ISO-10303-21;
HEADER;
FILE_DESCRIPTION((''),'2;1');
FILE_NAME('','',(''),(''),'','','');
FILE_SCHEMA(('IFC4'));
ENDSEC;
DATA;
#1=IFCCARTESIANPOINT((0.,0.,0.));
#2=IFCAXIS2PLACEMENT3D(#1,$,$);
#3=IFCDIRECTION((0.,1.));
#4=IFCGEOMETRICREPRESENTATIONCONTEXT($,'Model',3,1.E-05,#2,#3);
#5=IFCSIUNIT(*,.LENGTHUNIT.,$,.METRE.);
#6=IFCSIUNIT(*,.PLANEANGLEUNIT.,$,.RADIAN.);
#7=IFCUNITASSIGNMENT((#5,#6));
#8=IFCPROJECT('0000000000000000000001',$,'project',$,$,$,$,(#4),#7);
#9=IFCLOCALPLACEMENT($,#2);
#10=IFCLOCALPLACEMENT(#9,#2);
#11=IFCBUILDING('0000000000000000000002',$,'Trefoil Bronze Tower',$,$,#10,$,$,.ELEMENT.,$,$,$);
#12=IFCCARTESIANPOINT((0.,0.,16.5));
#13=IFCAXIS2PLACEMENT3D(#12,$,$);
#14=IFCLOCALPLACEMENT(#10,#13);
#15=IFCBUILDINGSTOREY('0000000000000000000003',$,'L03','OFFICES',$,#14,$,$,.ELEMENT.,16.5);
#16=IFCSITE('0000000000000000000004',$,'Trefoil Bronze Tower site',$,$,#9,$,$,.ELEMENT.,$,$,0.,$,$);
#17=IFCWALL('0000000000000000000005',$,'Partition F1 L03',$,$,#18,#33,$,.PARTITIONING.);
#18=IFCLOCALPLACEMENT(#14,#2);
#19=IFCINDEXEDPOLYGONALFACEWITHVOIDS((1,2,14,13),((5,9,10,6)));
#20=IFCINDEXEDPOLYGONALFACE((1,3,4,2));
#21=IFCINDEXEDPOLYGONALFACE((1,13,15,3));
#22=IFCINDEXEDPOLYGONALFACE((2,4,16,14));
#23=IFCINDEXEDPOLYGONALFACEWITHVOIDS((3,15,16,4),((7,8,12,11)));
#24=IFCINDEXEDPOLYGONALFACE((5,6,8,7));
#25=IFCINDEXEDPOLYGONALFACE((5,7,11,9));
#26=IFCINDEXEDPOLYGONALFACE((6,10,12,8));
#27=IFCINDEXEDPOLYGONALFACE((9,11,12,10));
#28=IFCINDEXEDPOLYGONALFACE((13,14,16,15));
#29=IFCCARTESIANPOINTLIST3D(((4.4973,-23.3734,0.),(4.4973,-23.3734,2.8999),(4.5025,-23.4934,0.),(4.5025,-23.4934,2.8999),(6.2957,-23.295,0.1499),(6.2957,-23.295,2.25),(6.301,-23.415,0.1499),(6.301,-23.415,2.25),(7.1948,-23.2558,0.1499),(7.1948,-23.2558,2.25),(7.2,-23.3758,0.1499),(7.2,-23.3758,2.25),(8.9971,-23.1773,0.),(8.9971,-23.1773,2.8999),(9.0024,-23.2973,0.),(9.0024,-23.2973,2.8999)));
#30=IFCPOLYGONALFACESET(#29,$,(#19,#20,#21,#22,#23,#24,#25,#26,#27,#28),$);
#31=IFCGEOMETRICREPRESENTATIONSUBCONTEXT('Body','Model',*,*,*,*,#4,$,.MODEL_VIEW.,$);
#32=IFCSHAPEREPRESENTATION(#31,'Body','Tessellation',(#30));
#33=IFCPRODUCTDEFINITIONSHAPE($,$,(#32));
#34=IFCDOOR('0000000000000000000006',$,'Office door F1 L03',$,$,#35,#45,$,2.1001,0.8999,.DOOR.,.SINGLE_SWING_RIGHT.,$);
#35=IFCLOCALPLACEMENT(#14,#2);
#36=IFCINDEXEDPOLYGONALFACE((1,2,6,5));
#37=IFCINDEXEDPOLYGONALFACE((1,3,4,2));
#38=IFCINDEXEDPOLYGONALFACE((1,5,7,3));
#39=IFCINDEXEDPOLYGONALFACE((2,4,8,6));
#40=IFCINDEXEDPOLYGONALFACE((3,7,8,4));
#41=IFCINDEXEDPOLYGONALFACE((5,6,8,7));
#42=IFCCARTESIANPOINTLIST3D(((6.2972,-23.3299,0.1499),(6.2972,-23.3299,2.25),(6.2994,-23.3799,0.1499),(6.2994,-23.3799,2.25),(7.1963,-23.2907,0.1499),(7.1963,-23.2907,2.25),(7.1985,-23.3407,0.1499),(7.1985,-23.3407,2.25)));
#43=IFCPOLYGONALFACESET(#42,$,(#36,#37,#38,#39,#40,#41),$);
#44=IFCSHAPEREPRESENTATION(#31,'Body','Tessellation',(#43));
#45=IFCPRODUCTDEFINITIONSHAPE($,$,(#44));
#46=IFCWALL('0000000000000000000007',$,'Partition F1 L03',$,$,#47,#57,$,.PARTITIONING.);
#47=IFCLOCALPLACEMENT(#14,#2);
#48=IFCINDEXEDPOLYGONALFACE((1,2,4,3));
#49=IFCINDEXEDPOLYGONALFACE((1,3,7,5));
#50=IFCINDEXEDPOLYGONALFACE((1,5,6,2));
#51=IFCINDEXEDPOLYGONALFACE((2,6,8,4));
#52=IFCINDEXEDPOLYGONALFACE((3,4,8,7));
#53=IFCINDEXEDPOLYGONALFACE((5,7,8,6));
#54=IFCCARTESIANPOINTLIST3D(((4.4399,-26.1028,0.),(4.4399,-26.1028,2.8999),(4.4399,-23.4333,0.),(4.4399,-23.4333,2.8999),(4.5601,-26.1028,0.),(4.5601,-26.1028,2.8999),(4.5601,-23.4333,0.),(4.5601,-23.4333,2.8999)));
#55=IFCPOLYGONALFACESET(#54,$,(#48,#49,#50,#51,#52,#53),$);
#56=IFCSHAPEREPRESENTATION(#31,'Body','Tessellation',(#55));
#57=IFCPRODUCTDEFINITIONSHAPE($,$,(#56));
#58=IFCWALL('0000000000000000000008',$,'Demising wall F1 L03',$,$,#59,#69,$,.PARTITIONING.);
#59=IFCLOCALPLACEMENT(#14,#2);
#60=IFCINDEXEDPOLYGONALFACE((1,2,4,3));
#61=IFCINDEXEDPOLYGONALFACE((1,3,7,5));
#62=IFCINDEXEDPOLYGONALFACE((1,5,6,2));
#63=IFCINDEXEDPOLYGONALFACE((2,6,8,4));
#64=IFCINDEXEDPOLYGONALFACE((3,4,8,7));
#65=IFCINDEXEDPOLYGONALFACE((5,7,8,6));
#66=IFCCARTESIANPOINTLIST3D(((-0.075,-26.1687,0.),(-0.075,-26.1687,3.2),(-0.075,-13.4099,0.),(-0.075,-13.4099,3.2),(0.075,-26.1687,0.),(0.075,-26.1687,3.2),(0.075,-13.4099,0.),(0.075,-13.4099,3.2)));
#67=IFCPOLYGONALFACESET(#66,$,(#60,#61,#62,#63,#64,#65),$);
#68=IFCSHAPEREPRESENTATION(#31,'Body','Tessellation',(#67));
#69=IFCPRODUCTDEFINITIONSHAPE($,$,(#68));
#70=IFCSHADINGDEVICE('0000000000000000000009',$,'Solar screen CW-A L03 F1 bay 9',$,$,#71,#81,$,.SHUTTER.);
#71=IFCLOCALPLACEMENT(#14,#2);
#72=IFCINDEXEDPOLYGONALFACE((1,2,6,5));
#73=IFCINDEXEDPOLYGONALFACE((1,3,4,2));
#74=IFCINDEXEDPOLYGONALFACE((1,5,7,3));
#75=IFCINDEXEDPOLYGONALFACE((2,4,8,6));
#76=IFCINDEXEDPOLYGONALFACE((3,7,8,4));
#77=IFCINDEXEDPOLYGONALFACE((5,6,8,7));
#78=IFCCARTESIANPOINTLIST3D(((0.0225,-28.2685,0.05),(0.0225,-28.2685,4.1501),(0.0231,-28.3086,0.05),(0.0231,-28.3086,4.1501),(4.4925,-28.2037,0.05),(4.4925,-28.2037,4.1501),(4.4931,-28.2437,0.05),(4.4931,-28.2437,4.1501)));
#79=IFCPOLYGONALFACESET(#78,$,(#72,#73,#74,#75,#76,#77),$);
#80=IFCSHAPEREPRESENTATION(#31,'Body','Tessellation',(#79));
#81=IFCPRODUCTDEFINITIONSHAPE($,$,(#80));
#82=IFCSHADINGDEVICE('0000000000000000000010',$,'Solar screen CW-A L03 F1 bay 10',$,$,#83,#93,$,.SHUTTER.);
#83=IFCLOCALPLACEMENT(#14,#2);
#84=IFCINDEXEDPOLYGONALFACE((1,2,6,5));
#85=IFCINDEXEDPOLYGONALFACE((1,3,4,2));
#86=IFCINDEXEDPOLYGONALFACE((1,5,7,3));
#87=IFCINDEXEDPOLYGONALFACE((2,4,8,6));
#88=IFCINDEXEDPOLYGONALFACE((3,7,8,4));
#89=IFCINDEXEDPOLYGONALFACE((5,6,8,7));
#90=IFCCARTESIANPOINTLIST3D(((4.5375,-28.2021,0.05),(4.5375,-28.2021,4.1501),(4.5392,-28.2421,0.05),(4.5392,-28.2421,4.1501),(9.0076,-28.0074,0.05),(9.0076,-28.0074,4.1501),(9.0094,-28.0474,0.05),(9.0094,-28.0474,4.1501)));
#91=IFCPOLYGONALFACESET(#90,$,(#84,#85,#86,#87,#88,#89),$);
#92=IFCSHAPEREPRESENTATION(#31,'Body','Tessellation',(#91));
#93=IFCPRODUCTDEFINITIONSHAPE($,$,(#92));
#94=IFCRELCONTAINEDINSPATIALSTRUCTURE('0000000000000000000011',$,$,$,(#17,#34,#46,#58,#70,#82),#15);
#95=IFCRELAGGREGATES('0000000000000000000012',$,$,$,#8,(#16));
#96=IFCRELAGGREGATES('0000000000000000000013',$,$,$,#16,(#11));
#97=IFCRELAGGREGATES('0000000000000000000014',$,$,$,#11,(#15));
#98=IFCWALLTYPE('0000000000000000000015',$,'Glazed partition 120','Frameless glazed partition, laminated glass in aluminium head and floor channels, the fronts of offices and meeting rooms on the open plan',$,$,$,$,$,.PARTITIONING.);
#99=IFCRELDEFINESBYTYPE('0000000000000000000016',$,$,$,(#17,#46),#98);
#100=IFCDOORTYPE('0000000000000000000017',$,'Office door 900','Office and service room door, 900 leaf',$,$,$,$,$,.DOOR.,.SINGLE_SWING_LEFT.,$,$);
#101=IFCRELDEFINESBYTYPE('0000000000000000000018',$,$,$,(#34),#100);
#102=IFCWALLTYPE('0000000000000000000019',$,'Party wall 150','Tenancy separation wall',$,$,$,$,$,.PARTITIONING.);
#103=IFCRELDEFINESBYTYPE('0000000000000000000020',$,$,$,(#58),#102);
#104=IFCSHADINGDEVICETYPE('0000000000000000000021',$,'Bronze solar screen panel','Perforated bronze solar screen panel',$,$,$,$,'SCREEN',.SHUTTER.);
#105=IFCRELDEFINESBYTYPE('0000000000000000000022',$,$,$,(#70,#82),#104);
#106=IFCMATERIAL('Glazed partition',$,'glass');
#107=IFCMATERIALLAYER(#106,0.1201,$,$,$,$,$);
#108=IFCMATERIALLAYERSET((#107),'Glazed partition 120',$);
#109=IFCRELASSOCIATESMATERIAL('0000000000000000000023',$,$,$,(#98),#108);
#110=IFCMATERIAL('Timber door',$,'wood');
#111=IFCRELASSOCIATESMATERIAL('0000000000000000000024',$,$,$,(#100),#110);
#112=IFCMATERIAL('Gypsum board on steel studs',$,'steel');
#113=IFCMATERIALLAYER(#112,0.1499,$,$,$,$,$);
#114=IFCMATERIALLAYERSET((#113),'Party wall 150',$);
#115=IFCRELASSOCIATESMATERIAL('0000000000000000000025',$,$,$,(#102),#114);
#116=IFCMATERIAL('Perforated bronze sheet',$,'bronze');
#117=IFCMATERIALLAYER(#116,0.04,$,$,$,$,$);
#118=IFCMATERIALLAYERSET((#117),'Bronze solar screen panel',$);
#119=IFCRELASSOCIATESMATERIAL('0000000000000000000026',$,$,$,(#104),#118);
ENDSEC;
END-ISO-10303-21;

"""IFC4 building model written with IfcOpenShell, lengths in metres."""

from ifc_helpers import new_model, si_unit, direction, frame, frame_2d, origin, origin_2d, place, context, subcontext, project, spatial, rectangle, extrude, material, layer, layer_set, type_object, element, fill, save


model = new_model("IFC4")

# Units and contexts
model_context = context("Model", 3, precision=1e-05, world=origin(), true_north=direction((0.0, 1.0)))
body_context = subcontext(model_context, "Body", "Model", "MODEL_VIEW")
ifc_project = project(units=[si_unit("LENGTHUNIT", "METRE"), si_unit("PLANEANGLEUNIT", "RADIAN")], contexts=[model_context])

# Site, building, storey
site_placement = place(None, origin())
site = spatial("IfcSite", under=ifc_project, at=site_placement, Name="Trefoil Bronze Tower site", CompositionType="ELEMENT", RefElevation=0.0)
building_placement = place(site_placement, origin())
building = spatial("IfcBuilding", under=site, at=building_placement, Name="Trefoil Bronze Tower", CompositionType="ELEMENT")
storey_placement = place(building_placement, frame((0.0, 0.0, 16.5)))
storey = spatial("IfcBuildingStorey", under=building, at=storey_placement, Name="L03", Description="OFFICES", CompositionType="ELEMENT", Elevation=16.5)

# Wall, opening, door
ifc_material_1 = material(Name="Glazed partition", Category="glass")
ifc_layer_1 = layer(ifc_material_1, 0.1201)
ifc_layer_set_1 = layer_set([ifc_layer_1], Name="Glazed partition 120")
wall_type_1 = type_object("IfcWallType", Name="Glazed partition 120", Description="Frameless glazed partition, laminated glass in aluminium head and floor channels, the fronts of offices and meeting rooms on the open plan", PredefinedType="PARTITIONING", material=ifc_layer_set_1)
ifc_material_2 = material(Name="Timber door", Category="wood")
door_type = type_object("IfcDoorType", Name="Office door 900", Description="Office and service room door, 900 leaf", OperationType="SINGLE_SWING_LEFT", PredefinedType="DOOR", material=ifc_material_2)
wall_1_placement = place(storey_placement, frame((4.5, -23.4333, 0.0), z_axis=(0.0, 0.0, 1.0), x_axis=(0.999052, 0.043524, 0.0)))
wall_1 = element("IfcWall", 1, at=wall_1_placement, inside=storey, type_object=wall_type_1, Name="Partition F1 L03", PredefinedType="PARTITIONING", context=body_context, shape_type="SweptSolid", body=[
    extrude(rectangle(XDim=4.5042, YDim=0.1201, at=frame_2d((2.252, 0.0))), origin(), (0.0, 0.0, 1.0), 2.8999),
])
opening_1_placement = place(wall_1_placement, frame((1.8, 0.0, 0.1499)))
opening_1 = element("IfcOpeningElement", 2, at=opening_1_placement, cuts=wall_1, PredefinedType="OPENING", context=body_context, shape_type="SweptSolid", body=[
    extrude(rectangle(XDim=0.8999, YDim=2.1001, at=frame_2d((0.45, 1.05))), frame((0.0, 0.0701, 0.0), z_axis=(0.0, -1.0, 0.0), x_axis=(1.0, 0.0, 0.0)), (0.0, 0.0, 1.0), 0.1401),
])
door_1_placement = place(opening_1_placement, frame((0.8999, 0.0, 0.0), z_axis=(0.0, 0.0, 1.0), x_axis=(-1.0, 0.0, 0.0)))
door_1 = element("IfcDoor", 3, at=door_1_placement, inside=storey, type_object=door_type, Name="Office door F1 L03", OperationType="SINGLE_SWING_RIGHT", OverallHeight=2.1001, OverallWidth=0.8999, PredefinedType="DOOR", context=body_context, shape_type="SweptSolid", body=[
    extrude(rectangle(XDim=0.8999, YDim=2.1001, at=frame_2d((0.45, 1.05))), frame((0.0, 0.0249, 0.0), z_axis=(0.0, -1.0, 0.0), x_axis=(1.0, 0.0, 0.0)), (0.0, 0.0, 1.0), 0.05),
])
fill(opening_1, door_1)

# Walls
wall_2_placement = place(storey_placement, frame((4.5, -23.4333, 0.0), z_axis=(0.0, 0.0, 1.0), x_axis=(0.0, -1.0, 0.0)))
element("IfcWall", 4, at=wall_2_placement, inside=storey, type_object=wall_type_1, Name="Partition F1 L03", PredefinedType="PARTITIONING", context=body_context, shape_type="SweptSolid", body=[
    extrude(rectangle(XDim=2.6694, YDim=0.1201, at=frame_2d((1.3347, 0.0))), origin(), (0.0, 0.0, 1.0), 2.8999),
])
ifc_material_3 = material(Name="Gypsum board on steel studs", Category="steel")
ifc_layer_2 = layer(ifc_material_3, 0.1499)
ifc_layer_set_2 = layer_set([ifc_layer_2], Name="Party wall 150")
wall_type_2 = type_object("IfcWallType", Name="Party wall 150", Description="Tenancy separation wall", PredefinedType="PARTITIONING", material=ifc_layer_set_2)
wall_3_placement = place(storey_placement, frame((0.0, -13.4099, 0.0), z_axis=(0.0, 0.0, 1.0), x_axis=(0.0, -1.0, 0.0)))
element("IfcWall", 5, at=wall_3_placement, inside=storey, type_object=wall_type_2, Name="Demising wall F1 L03", PredefinedType="PARTITIONING", context=body_context, shape_type="SweptSolid", body=[
    extrude(rectangle(XDim=12.7588, YDim=0.1499, at=frame_2d((6.3794, 0.0))), origin(), (0.0, 0.0, 1.0), 3.2),
])

# Shading devices
ifc_material_4 = material(Name="Perforated bronze sheet", Category="bronze")
ifc_layer_3 = layer(ifc_material_4, 0.04)
ifc_layer_set_3 = layer_set([ifc_layer_3], Name="Bronze solar screen panel")
shading_device_type = type_object("IfcShadingDeviceType", Name="Bronze solar screen panel", Description="Perforated bronze solar screen panel", ElementType="SCREEN", PredefinedType="SHUTTER", material=ifc_layer_set_3)
shading_device_1_placement = place(storey_placement, frame((2.2578, -28.2561, 0.05), z_axis=(0.0, 0.0, 1.0), x_axis=(0.999895, 0.014509, 0.0)))
element("IfcShadingDevice", 6, at=shading_device_1_placement, inside=storey, type_object=shading_device_type, Name="Solar screen CW-A L03 F1 bay 9", PredefinedType="SHUTTER", context=body_context, shape_type="SweptSolid", body=[
    extrude(rectangle(XDim=4.4705, YDim=0.04, at=origin_2d()), origin(), (0.0, 0.0, 1.0), 4.1001),
])
shading_device_2_placement = place(storey_placement, frame((6.7734, -28.1248, 0.05), z_axis=(0.0, 0.0, 1.0), x_axis=(0.999052, 0.043528, 0.0)))
element("IfcShadingDevice", 7, at=shading_device_2_placement, inside=storey, type_object=shading_device_type, Name="Solar screen CW-A L03 F1 bay 10", PredefinedType="SHUTTER", context=body_context, shape_type="SweptSolid", body=[
    extrude(rectangle(XDim=4.4744, YDim=0.04, at=origin_2d()), origin(), (0.0, 0.0, 1.0), 4.1001),
])

save(model, "model.ifc")
